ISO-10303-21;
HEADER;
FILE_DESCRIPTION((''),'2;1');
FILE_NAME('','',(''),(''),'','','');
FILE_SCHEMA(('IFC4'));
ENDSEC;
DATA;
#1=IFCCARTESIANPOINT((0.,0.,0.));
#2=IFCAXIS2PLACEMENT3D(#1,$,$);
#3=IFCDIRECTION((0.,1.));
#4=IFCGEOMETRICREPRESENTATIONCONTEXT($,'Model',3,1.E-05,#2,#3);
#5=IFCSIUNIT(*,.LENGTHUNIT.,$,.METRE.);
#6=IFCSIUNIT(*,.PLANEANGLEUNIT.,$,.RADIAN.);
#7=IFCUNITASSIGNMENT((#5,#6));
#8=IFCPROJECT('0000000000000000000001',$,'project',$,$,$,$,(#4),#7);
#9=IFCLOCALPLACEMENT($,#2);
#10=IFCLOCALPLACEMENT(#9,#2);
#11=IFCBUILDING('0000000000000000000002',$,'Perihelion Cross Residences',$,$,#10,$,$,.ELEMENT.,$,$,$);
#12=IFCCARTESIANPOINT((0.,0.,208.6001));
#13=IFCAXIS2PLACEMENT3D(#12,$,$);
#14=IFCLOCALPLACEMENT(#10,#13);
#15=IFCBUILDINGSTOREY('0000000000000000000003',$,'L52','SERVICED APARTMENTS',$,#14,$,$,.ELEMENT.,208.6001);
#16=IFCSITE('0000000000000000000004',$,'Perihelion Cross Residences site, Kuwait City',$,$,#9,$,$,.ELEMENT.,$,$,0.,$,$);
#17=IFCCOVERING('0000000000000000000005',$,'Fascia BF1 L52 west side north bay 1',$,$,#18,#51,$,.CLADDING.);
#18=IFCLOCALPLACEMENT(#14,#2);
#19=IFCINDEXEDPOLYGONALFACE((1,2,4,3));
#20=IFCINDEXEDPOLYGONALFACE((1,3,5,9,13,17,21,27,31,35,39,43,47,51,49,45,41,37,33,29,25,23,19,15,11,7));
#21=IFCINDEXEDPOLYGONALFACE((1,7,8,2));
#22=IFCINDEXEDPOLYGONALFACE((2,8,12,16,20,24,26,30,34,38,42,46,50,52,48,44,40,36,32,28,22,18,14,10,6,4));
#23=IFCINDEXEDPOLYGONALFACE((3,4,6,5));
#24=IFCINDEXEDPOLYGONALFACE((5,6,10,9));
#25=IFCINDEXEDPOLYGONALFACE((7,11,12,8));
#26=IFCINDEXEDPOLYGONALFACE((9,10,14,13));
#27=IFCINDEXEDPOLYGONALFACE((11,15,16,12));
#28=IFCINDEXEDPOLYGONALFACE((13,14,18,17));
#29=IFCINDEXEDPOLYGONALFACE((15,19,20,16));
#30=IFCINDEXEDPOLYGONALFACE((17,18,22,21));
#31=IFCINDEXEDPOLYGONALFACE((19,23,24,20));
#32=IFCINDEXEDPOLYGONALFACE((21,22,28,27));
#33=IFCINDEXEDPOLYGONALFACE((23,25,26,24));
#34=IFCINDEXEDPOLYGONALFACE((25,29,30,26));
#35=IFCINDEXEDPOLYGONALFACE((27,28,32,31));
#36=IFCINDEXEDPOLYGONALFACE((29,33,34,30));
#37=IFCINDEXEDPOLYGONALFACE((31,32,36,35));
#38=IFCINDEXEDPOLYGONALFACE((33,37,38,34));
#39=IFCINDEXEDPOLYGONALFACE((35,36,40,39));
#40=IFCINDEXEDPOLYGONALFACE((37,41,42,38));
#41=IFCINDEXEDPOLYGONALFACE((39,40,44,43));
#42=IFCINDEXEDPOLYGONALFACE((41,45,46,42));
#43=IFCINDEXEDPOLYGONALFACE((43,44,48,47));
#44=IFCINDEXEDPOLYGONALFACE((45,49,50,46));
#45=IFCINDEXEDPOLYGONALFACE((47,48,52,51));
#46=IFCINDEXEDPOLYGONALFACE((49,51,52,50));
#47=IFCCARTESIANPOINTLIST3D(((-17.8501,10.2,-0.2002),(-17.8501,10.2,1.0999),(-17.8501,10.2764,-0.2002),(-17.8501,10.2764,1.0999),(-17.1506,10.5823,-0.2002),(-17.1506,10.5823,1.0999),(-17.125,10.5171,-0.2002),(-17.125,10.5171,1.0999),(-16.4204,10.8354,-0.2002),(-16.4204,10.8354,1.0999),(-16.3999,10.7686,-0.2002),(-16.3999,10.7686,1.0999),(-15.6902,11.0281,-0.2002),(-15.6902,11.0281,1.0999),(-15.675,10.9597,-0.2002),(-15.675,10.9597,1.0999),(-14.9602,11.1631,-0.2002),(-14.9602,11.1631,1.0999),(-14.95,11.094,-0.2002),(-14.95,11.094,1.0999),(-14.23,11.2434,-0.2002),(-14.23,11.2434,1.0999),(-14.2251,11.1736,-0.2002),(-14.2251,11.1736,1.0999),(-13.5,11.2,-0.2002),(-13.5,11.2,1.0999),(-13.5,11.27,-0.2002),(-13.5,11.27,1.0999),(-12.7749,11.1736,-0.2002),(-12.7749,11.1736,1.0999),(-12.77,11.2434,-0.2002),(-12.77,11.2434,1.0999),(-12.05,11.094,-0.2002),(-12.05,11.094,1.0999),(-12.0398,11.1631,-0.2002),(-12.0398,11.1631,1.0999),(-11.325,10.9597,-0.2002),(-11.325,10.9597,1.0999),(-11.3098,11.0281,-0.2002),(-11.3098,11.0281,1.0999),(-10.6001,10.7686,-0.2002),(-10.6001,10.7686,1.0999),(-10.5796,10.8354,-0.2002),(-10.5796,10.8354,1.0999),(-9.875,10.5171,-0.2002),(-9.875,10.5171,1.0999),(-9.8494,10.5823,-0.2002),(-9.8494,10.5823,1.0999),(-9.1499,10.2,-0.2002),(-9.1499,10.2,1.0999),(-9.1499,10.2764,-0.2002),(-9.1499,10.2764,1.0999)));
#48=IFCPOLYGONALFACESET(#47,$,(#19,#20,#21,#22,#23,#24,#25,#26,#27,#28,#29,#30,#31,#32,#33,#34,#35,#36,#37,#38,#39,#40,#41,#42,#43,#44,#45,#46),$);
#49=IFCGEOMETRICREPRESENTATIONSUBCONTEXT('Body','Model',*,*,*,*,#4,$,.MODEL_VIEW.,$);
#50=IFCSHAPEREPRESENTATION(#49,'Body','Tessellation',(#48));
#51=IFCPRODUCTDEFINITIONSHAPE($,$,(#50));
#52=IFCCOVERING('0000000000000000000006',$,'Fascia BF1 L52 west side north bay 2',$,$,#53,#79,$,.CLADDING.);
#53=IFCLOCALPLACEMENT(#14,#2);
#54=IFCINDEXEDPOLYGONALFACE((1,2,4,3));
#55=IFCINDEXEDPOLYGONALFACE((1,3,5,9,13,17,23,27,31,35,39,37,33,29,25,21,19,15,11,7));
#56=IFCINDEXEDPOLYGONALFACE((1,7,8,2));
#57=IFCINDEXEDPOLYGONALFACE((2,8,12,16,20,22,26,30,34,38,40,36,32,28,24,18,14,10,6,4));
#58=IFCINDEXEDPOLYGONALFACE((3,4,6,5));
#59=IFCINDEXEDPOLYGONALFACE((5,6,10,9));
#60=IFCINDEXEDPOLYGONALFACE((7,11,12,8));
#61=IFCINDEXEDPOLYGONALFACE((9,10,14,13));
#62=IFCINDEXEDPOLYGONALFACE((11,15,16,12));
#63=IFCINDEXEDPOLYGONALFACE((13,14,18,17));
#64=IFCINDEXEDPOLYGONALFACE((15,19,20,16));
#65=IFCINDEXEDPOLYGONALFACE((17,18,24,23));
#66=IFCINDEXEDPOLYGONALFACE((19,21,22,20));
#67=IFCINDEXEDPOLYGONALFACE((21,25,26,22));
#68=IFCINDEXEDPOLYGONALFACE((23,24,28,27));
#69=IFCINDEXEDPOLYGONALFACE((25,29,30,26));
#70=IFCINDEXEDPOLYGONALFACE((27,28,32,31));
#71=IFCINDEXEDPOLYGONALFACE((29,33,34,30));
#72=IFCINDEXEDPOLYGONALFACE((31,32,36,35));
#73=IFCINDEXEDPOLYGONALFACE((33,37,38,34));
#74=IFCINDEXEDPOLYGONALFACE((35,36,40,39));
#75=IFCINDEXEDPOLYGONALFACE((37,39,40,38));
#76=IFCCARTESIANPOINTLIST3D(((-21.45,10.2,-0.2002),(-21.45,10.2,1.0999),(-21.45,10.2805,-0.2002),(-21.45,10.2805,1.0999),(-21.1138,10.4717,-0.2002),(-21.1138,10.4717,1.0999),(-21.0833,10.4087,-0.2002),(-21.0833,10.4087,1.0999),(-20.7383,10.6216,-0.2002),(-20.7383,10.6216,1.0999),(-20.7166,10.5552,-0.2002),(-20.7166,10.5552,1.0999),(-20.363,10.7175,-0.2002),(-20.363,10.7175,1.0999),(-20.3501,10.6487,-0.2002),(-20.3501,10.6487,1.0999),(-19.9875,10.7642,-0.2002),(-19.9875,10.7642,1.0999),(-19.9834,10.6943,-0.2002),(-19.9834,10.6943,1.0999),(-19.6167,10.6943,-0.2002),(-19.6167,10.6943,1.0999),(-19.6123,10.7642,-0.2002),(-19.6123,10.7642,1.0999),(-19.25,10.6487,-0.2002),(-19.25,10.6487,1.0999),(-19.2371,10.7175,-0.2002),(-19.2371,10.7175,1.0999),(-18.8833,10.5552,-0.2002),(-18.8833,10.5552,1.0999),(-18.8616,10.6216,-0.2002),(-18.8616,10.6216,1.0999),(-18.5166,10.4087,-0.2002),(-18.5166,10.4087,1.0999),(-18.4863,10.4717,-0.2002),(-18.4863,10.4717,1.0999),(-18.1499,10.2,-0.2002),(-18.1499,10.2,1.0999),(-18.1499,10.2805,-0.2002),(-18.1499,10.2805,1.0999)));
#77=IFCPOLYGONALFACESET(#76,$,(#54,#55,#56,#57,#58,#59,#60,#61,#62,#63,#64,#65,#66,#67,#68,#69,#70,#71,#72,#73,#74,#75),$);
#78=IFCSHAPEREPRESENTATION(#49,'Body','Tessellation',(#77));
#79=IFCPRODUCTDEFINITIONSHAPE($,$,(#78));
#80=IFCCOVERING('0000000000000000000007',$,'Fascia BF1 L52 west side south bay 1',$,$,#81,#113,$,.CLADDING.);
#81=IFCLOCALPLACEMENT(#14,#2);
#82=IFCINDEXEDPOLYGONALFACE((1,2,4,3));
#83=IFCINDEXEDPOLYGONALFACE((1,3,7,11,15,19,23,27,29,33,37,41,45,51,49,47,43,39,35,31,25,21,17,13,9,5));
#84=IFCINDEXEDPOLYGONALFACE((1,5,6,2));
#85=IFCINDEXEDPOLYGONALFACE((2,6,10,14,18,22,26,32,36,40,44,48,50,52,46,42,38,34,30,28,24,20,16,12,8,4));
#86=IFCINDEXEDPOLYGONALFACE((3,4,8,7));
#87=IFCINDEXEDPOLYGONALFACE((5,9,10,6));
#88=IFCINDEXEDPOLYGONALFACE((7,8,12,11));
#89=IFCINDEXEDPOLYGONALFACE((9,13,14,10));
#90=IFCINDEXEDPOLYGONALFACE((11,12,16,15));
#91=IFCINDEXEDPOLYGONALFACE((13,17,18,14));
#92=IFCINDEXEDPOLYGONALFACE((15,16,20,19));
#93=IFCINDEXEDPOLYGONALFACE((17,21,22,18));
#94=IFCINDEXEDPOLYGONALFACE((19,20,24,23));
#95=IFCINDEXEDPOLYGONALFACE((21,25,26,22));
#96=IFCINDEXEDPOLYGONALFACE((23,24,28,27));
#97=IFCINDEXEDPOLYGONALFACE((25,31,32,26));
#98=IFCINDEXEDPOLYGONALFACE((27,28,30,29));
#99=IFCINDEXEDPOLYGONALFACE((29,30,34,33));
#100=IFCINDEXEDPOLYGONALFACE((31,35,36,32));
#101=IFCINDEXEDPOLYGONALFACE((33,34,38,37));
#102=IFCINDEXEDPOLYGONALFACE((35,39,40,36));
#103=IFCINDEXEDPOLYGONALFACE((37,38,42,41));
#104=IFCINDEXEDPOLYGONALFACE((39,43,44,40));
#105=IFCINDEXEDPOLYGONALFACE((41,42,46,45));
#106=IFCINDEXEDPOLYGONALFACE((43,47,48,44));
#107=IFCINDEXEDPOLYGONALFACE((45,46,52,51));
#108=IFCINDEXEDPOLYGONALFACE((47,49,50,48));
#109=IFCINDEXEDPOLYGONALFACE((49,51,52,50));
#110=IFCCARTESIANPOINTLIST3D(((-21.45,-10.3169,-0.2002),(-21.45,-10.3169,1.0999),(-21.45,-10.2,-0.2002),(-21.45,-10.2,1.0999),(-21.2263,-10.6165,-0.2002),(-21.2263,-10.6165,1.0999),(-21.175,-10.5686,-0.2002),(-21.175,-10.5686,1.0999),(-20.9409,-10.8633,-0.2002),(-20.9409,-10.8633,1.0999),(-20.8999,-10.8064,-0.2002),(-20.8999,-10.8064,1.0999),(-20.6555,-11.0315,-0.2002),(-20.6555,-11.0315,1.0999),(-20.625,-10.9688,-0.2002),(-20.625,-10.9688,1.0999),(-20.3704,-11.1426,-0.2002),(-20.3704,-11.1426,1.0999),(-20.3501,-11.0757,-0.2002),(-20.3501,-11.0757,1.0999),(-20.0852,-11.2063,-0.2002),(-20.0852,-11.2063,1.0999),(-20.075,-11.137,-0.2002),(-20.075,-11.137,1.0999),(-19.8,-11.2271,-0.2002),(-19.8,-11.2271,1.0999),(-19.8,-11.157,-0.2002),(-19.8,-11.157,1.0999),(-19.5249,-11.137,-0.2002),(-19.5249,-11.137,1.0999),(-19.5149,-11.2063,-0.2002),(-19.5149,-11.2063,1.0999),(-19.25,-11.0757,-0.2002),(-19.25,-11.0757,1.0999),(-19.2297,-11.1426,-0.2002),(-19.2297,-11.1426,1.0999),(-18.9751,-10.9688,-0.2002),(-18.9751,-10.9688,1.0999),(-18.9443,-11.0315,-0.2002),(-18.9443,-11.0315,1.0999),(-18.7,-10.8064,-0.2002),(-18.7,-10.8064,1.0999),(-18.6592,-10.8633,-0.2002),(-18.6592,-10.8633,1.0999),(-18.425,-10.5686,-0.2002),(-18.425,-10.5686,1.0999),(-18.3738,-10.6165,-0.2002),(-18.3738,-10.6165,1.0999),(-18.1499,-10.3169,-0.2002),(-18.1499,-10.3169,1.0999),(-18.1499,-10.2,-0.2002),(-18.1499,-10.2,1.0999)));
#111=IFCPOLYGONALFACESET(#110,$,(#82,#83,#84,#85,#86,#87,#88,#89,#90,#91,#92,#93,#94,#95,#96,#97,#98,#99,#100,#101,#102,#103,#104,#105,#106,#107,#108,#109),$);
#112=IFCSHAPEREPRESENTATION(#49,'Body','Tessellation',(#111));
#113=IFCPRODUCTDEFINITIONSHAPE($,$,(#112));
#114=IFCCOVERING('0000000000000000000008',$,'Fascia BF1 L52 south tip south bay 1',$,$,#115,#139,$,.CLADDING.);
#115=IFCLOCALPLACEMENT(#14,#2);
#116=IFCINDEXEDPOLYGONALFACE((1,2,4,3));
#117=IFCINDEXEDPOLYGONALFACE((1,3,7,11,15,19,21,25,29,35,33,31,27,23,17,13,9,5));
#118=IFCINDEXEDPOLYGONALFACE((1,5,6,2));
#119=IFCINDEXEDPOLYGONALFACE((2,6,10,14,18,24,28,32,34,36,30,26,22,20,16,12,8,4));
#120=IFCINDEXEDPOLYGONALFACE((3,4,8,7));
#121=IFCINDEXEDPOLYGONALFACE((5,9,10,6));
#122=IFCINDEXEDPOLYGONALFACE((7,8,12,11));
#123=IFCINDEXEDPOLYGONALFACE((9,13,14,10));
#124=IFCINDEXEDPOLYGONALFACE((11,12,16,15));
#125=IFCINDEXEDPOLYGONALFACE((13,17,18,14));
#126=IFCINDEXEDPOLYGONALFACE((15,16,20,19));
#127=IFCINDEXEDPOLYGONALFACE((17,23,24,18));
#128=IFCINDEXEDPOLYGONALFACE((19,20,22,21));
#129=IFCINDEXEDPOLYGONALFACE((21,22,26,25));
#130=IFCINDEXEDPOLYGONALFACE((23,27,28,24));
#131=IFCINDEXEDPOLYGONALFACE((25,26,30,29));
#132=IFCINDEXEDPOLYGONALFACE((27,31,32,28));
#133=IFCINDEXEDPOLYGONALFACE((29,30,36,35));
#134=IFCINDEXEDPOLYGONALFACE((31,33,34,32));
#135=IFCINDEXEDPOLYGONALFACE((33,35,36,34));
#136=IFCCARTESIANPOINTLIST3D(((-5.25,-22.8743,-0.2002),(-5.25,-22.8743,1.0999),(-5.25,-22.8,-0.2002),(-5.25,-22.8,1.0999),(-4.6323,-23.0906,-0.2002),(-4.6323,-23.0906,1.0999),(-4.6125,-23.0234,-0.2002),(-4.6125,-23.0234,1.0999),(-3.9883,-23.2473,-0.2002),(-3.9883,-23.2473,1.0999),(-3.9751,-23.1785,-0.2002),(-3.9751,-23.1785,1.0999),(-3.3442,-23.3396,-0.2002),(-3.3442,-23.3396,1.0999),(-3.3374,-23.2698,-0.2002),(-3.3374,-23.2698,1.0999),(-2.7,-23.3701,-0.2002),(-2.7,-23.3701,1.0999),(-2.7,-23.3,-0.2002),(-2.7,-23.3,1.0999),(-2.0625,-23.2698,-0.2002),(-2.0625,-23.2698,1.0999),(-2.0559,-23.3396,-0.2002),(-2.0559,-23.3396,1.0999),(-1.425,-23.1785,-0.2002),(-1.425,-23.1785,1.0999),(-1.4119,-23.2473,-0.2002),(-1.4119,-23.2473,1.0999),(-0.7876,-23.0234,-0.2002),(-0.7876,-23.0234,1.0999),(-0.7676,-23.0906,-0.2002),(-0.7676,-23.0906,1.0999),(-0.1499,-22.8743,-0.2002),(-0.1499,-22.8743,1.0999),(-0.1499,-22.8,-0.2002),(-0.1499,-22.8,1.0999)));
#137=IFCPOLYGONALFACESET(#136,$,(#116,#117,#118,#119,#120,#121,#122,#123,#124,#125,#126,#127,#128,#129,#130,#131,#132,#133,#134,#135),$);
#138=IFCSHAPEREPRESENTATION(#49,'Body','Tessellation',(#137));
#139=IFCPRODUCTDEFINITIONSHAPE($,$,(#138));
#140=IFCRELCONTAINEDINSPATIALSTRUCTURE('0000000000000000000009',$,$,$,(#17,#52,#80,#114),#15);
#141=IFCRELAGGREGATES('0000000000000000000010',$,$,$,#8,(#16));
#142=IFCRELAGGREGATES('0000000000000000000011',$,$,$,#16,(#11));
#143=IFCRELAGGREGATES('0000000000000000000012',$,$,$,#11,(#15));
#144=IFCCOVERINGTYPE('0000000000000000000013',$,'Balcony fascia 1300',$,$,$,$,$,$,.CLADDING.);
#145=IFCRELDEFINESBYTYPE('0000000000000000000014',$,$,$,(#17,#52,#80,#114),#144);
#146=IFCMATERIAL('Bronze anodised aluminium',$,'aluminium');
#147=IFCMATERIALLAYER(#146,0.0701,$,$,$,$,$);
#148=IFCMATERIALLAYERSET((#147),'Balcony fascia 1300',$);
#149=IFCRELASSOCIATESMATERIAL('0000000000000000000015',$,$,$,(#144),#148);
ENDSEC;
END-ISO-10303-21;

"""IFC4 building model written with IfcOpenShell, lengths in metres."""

from ifc_helpers import new_model, si_unit, direction, frame, origin, place, context, subcontext, project, spatial, polyline, outline, extrude, material, layer, layer_set, type_object, element, save


model = new_model("IFC4")

# Units and contexts
model_context = context("Model", 3, precision=1e-05, world=origin(), true_north=direction((0.0, 1.0)))
body_context = subcontext(model_context, "Body", "Model", "MODEL_VIEW")
ifc_project = project(units=[si_unit("LENGTHUNIT", "METRE"), si_unit("PLANEANGLEUNIT", "RADIAN")], contexts=[model_context])

# Site, building, storey
site_placement = place(None, origin())
site = spatial("IfcSite", under=ifc_project, at=site_placement, Name="Perihelion Cross Residences site, Kuwait City", CompositionType="ELEMENT", RefElevation=0.0)
building_placement = place(site_placement, origin())
building = spatial("IfcBuilding", under=site, at=building_placement, Name="Perihelion Cross Residences", CompositionType="ELEMENT")
storey_placement = place(building_placement, frame((0.0, 0.0, 208.6001)))
storey = spatial("IfcBuildingStorey", under=building, at=storey_placement, Name="L52", Description="SERVICED APARTMENTS", CompositionType="ELEMENT", Elevation=208.6001)

# Coverings
ifc_material_1 = material(Name="Bronze anodised aluminium", Category="aluminium")
ifc_layer_1 = layer(ifc_material_1, 0.0701)
ifc_layer_set_1 = layer_set([ifc_layer_1], Name="Balcony fascia 1300")
covering_type = type_object("IfcCoveringType", Name="Balcony fascia 1300", PredefinedType="CLADDING", material=ifc_layer_set_1)
covering_1_placement = place(storey_placement, frame((0.0, 0.0, -0.2002)))
element("IfcCovering", 1, at=covering_1_placement, inside=storey, type_object=covering_type, Name="Fascia BF1 L52 west side north bay 1", PredefinedType="CLADDING", context=body_context, shape_type="SweptSolid", body=[
    extrude(outline(polyline([(-9.8494, 10.5823), (-10.5796, 10.8354), (-11.3098, 11.0281), (-12.0398, 11.1631), (-12.77, 11.2434), (-13.5, 11.27), (-14.23, 11.2434), (-14.9602, 11.1631), (-15.6902, 11.0281), (-16.4204, 10.8354), (-17.1506, 10.5823), (-17.8501, 10.2764), (-17.8501, 10.2), (-17.125, 10.5171), (-16.3999, 10.7686), (-15.675, 10.9597), (-14.95, 11.094), (-14.2251, 11.1736), (-13.5, 11.2), (-12.7749, 11.1736), (-12.05, 11.094), (-11.325, 10.9597), (-10.6001, 10.7686), (-9.875, 10.5171), (-9.1499, 10.2), (-9.1499, 10.2764), (-9.8494, 10.5823)])), origin(), (0.0, 0.0, 1.0), 1.3),
])
covering_2_placement = place(storey_placement, frame((0.0, 0.0, -0.2002)))
element("IfcCovering", 2, at=covering_2_placement, inside=storey, type_object=covering_type, Name="Fascia BF1 L52 west side north bay 2", PredefinedType="CLADDING", context=body_context, shape_type="SweptSolid", body=[
    extrude(outline(polyline([(-18.4863, 10.4717), (-18.8616, 10.6216), (-19.2371, 10.7175), (-19.6123, 10.7642), (-19.9875, 10.7642), (-20.363, 10.7175), (-20.7383, 10.6216), (-21.1138, 10.4717), (-21.45, 10.2805), (-21.45, 10.2), (-21.0833, 10.4087), (-20.7166, 10.5552), (-20.3501, 10.6487), (-19.9834, 10.6943), (-19.6167, 10.6943), (-19.25, 10.6487), (-18.8833, 10.5552), (-18.5166, 10.4087), (-18.1499, 10.2), (-18.1499, 10.2805), (-18.4863, 10.4717)])), origin(), (0.0, 0.0, 1.0), 1.3),
])
covering_3_placement = place(storey_placement, frame((0.0, 0.0, -0.2002)))
element("IfcCovering", 3, at=covering_3_placement, inside=storey, type_object=covering_type, Name="Fascia BF1 L52 west side south bay 1", PredefinedType="CLADDING", context=body_context, shape_type="SweptSolid", body=[
    extrude(outline(polyline([(-21.2263, -10.6165), (-20.9409, -10.8633), (-20.6555, -11.0315), (-20.3704, -11.1426), (-20.0852, -11.2063), (-19.8, -11.2271), (-19.5149, -11.2063), (-19.2297, -11.1426), (-18.9443, -11.0315), (-18.6592, -10.8633), (-18.3738, -10.6165), (-18.1499, -10.3169), (-18.1499, -10.2), (-18.425, -10.5686), (-18.7, -10.8064), (-18.9751, -10.9688), (-19.25, -11.0757), (-19.5249, -11.137), (-19.8, -11.157), (-20.075, -11.137), (-20.3501, -11.0757), (-20.625, -10.9688), (-20.8999, -10.8064), (-21.175, -10.5686), (-21.45, -10.2), (-21.45, -10.3169), (-21.2263, -10.6165)])), origin(), (0.0, 0.0, 1.0), 1.3),
])
covering_4_placement = place(storey_placement, frame((0.0, 0.0, -0.2002)))
element("IfcCovering", 4, at=covering_4_placement, inside=storey, type_object=covering_type, Name="Fascia BF1 L52 south tip south bay 1", PredefinedType="CLADDING", context=body_context, shape_type="SweptSolid", body=[
    extrude(outline(polyline([(-4.6323, -23.0906), (-3.9883, -23.2473), (-3.3442, -23.3396), (-2.7, -23.3701), (-2.0559, -23.3396), (-1.4119, -23.2473), (-0.7676, -23.0906), (-0.1499, -22.8743), (-0.1499, -22.8), (-0.7876, -23.0234), (-1.425, -23.1785), (-2.0625, -23.2698), (-2.7, -23.3), (-3.3374, -23.2698), (-3.9751, -23.1785), (-4.6125, -23.0234), (-5.25, -22.8), (-5.25, -22.8743), (-4.6323, -23.0906)])), origin(), (0.0, 0.0, 1.0), 1.3),
])

save(model, "model.ifc")
